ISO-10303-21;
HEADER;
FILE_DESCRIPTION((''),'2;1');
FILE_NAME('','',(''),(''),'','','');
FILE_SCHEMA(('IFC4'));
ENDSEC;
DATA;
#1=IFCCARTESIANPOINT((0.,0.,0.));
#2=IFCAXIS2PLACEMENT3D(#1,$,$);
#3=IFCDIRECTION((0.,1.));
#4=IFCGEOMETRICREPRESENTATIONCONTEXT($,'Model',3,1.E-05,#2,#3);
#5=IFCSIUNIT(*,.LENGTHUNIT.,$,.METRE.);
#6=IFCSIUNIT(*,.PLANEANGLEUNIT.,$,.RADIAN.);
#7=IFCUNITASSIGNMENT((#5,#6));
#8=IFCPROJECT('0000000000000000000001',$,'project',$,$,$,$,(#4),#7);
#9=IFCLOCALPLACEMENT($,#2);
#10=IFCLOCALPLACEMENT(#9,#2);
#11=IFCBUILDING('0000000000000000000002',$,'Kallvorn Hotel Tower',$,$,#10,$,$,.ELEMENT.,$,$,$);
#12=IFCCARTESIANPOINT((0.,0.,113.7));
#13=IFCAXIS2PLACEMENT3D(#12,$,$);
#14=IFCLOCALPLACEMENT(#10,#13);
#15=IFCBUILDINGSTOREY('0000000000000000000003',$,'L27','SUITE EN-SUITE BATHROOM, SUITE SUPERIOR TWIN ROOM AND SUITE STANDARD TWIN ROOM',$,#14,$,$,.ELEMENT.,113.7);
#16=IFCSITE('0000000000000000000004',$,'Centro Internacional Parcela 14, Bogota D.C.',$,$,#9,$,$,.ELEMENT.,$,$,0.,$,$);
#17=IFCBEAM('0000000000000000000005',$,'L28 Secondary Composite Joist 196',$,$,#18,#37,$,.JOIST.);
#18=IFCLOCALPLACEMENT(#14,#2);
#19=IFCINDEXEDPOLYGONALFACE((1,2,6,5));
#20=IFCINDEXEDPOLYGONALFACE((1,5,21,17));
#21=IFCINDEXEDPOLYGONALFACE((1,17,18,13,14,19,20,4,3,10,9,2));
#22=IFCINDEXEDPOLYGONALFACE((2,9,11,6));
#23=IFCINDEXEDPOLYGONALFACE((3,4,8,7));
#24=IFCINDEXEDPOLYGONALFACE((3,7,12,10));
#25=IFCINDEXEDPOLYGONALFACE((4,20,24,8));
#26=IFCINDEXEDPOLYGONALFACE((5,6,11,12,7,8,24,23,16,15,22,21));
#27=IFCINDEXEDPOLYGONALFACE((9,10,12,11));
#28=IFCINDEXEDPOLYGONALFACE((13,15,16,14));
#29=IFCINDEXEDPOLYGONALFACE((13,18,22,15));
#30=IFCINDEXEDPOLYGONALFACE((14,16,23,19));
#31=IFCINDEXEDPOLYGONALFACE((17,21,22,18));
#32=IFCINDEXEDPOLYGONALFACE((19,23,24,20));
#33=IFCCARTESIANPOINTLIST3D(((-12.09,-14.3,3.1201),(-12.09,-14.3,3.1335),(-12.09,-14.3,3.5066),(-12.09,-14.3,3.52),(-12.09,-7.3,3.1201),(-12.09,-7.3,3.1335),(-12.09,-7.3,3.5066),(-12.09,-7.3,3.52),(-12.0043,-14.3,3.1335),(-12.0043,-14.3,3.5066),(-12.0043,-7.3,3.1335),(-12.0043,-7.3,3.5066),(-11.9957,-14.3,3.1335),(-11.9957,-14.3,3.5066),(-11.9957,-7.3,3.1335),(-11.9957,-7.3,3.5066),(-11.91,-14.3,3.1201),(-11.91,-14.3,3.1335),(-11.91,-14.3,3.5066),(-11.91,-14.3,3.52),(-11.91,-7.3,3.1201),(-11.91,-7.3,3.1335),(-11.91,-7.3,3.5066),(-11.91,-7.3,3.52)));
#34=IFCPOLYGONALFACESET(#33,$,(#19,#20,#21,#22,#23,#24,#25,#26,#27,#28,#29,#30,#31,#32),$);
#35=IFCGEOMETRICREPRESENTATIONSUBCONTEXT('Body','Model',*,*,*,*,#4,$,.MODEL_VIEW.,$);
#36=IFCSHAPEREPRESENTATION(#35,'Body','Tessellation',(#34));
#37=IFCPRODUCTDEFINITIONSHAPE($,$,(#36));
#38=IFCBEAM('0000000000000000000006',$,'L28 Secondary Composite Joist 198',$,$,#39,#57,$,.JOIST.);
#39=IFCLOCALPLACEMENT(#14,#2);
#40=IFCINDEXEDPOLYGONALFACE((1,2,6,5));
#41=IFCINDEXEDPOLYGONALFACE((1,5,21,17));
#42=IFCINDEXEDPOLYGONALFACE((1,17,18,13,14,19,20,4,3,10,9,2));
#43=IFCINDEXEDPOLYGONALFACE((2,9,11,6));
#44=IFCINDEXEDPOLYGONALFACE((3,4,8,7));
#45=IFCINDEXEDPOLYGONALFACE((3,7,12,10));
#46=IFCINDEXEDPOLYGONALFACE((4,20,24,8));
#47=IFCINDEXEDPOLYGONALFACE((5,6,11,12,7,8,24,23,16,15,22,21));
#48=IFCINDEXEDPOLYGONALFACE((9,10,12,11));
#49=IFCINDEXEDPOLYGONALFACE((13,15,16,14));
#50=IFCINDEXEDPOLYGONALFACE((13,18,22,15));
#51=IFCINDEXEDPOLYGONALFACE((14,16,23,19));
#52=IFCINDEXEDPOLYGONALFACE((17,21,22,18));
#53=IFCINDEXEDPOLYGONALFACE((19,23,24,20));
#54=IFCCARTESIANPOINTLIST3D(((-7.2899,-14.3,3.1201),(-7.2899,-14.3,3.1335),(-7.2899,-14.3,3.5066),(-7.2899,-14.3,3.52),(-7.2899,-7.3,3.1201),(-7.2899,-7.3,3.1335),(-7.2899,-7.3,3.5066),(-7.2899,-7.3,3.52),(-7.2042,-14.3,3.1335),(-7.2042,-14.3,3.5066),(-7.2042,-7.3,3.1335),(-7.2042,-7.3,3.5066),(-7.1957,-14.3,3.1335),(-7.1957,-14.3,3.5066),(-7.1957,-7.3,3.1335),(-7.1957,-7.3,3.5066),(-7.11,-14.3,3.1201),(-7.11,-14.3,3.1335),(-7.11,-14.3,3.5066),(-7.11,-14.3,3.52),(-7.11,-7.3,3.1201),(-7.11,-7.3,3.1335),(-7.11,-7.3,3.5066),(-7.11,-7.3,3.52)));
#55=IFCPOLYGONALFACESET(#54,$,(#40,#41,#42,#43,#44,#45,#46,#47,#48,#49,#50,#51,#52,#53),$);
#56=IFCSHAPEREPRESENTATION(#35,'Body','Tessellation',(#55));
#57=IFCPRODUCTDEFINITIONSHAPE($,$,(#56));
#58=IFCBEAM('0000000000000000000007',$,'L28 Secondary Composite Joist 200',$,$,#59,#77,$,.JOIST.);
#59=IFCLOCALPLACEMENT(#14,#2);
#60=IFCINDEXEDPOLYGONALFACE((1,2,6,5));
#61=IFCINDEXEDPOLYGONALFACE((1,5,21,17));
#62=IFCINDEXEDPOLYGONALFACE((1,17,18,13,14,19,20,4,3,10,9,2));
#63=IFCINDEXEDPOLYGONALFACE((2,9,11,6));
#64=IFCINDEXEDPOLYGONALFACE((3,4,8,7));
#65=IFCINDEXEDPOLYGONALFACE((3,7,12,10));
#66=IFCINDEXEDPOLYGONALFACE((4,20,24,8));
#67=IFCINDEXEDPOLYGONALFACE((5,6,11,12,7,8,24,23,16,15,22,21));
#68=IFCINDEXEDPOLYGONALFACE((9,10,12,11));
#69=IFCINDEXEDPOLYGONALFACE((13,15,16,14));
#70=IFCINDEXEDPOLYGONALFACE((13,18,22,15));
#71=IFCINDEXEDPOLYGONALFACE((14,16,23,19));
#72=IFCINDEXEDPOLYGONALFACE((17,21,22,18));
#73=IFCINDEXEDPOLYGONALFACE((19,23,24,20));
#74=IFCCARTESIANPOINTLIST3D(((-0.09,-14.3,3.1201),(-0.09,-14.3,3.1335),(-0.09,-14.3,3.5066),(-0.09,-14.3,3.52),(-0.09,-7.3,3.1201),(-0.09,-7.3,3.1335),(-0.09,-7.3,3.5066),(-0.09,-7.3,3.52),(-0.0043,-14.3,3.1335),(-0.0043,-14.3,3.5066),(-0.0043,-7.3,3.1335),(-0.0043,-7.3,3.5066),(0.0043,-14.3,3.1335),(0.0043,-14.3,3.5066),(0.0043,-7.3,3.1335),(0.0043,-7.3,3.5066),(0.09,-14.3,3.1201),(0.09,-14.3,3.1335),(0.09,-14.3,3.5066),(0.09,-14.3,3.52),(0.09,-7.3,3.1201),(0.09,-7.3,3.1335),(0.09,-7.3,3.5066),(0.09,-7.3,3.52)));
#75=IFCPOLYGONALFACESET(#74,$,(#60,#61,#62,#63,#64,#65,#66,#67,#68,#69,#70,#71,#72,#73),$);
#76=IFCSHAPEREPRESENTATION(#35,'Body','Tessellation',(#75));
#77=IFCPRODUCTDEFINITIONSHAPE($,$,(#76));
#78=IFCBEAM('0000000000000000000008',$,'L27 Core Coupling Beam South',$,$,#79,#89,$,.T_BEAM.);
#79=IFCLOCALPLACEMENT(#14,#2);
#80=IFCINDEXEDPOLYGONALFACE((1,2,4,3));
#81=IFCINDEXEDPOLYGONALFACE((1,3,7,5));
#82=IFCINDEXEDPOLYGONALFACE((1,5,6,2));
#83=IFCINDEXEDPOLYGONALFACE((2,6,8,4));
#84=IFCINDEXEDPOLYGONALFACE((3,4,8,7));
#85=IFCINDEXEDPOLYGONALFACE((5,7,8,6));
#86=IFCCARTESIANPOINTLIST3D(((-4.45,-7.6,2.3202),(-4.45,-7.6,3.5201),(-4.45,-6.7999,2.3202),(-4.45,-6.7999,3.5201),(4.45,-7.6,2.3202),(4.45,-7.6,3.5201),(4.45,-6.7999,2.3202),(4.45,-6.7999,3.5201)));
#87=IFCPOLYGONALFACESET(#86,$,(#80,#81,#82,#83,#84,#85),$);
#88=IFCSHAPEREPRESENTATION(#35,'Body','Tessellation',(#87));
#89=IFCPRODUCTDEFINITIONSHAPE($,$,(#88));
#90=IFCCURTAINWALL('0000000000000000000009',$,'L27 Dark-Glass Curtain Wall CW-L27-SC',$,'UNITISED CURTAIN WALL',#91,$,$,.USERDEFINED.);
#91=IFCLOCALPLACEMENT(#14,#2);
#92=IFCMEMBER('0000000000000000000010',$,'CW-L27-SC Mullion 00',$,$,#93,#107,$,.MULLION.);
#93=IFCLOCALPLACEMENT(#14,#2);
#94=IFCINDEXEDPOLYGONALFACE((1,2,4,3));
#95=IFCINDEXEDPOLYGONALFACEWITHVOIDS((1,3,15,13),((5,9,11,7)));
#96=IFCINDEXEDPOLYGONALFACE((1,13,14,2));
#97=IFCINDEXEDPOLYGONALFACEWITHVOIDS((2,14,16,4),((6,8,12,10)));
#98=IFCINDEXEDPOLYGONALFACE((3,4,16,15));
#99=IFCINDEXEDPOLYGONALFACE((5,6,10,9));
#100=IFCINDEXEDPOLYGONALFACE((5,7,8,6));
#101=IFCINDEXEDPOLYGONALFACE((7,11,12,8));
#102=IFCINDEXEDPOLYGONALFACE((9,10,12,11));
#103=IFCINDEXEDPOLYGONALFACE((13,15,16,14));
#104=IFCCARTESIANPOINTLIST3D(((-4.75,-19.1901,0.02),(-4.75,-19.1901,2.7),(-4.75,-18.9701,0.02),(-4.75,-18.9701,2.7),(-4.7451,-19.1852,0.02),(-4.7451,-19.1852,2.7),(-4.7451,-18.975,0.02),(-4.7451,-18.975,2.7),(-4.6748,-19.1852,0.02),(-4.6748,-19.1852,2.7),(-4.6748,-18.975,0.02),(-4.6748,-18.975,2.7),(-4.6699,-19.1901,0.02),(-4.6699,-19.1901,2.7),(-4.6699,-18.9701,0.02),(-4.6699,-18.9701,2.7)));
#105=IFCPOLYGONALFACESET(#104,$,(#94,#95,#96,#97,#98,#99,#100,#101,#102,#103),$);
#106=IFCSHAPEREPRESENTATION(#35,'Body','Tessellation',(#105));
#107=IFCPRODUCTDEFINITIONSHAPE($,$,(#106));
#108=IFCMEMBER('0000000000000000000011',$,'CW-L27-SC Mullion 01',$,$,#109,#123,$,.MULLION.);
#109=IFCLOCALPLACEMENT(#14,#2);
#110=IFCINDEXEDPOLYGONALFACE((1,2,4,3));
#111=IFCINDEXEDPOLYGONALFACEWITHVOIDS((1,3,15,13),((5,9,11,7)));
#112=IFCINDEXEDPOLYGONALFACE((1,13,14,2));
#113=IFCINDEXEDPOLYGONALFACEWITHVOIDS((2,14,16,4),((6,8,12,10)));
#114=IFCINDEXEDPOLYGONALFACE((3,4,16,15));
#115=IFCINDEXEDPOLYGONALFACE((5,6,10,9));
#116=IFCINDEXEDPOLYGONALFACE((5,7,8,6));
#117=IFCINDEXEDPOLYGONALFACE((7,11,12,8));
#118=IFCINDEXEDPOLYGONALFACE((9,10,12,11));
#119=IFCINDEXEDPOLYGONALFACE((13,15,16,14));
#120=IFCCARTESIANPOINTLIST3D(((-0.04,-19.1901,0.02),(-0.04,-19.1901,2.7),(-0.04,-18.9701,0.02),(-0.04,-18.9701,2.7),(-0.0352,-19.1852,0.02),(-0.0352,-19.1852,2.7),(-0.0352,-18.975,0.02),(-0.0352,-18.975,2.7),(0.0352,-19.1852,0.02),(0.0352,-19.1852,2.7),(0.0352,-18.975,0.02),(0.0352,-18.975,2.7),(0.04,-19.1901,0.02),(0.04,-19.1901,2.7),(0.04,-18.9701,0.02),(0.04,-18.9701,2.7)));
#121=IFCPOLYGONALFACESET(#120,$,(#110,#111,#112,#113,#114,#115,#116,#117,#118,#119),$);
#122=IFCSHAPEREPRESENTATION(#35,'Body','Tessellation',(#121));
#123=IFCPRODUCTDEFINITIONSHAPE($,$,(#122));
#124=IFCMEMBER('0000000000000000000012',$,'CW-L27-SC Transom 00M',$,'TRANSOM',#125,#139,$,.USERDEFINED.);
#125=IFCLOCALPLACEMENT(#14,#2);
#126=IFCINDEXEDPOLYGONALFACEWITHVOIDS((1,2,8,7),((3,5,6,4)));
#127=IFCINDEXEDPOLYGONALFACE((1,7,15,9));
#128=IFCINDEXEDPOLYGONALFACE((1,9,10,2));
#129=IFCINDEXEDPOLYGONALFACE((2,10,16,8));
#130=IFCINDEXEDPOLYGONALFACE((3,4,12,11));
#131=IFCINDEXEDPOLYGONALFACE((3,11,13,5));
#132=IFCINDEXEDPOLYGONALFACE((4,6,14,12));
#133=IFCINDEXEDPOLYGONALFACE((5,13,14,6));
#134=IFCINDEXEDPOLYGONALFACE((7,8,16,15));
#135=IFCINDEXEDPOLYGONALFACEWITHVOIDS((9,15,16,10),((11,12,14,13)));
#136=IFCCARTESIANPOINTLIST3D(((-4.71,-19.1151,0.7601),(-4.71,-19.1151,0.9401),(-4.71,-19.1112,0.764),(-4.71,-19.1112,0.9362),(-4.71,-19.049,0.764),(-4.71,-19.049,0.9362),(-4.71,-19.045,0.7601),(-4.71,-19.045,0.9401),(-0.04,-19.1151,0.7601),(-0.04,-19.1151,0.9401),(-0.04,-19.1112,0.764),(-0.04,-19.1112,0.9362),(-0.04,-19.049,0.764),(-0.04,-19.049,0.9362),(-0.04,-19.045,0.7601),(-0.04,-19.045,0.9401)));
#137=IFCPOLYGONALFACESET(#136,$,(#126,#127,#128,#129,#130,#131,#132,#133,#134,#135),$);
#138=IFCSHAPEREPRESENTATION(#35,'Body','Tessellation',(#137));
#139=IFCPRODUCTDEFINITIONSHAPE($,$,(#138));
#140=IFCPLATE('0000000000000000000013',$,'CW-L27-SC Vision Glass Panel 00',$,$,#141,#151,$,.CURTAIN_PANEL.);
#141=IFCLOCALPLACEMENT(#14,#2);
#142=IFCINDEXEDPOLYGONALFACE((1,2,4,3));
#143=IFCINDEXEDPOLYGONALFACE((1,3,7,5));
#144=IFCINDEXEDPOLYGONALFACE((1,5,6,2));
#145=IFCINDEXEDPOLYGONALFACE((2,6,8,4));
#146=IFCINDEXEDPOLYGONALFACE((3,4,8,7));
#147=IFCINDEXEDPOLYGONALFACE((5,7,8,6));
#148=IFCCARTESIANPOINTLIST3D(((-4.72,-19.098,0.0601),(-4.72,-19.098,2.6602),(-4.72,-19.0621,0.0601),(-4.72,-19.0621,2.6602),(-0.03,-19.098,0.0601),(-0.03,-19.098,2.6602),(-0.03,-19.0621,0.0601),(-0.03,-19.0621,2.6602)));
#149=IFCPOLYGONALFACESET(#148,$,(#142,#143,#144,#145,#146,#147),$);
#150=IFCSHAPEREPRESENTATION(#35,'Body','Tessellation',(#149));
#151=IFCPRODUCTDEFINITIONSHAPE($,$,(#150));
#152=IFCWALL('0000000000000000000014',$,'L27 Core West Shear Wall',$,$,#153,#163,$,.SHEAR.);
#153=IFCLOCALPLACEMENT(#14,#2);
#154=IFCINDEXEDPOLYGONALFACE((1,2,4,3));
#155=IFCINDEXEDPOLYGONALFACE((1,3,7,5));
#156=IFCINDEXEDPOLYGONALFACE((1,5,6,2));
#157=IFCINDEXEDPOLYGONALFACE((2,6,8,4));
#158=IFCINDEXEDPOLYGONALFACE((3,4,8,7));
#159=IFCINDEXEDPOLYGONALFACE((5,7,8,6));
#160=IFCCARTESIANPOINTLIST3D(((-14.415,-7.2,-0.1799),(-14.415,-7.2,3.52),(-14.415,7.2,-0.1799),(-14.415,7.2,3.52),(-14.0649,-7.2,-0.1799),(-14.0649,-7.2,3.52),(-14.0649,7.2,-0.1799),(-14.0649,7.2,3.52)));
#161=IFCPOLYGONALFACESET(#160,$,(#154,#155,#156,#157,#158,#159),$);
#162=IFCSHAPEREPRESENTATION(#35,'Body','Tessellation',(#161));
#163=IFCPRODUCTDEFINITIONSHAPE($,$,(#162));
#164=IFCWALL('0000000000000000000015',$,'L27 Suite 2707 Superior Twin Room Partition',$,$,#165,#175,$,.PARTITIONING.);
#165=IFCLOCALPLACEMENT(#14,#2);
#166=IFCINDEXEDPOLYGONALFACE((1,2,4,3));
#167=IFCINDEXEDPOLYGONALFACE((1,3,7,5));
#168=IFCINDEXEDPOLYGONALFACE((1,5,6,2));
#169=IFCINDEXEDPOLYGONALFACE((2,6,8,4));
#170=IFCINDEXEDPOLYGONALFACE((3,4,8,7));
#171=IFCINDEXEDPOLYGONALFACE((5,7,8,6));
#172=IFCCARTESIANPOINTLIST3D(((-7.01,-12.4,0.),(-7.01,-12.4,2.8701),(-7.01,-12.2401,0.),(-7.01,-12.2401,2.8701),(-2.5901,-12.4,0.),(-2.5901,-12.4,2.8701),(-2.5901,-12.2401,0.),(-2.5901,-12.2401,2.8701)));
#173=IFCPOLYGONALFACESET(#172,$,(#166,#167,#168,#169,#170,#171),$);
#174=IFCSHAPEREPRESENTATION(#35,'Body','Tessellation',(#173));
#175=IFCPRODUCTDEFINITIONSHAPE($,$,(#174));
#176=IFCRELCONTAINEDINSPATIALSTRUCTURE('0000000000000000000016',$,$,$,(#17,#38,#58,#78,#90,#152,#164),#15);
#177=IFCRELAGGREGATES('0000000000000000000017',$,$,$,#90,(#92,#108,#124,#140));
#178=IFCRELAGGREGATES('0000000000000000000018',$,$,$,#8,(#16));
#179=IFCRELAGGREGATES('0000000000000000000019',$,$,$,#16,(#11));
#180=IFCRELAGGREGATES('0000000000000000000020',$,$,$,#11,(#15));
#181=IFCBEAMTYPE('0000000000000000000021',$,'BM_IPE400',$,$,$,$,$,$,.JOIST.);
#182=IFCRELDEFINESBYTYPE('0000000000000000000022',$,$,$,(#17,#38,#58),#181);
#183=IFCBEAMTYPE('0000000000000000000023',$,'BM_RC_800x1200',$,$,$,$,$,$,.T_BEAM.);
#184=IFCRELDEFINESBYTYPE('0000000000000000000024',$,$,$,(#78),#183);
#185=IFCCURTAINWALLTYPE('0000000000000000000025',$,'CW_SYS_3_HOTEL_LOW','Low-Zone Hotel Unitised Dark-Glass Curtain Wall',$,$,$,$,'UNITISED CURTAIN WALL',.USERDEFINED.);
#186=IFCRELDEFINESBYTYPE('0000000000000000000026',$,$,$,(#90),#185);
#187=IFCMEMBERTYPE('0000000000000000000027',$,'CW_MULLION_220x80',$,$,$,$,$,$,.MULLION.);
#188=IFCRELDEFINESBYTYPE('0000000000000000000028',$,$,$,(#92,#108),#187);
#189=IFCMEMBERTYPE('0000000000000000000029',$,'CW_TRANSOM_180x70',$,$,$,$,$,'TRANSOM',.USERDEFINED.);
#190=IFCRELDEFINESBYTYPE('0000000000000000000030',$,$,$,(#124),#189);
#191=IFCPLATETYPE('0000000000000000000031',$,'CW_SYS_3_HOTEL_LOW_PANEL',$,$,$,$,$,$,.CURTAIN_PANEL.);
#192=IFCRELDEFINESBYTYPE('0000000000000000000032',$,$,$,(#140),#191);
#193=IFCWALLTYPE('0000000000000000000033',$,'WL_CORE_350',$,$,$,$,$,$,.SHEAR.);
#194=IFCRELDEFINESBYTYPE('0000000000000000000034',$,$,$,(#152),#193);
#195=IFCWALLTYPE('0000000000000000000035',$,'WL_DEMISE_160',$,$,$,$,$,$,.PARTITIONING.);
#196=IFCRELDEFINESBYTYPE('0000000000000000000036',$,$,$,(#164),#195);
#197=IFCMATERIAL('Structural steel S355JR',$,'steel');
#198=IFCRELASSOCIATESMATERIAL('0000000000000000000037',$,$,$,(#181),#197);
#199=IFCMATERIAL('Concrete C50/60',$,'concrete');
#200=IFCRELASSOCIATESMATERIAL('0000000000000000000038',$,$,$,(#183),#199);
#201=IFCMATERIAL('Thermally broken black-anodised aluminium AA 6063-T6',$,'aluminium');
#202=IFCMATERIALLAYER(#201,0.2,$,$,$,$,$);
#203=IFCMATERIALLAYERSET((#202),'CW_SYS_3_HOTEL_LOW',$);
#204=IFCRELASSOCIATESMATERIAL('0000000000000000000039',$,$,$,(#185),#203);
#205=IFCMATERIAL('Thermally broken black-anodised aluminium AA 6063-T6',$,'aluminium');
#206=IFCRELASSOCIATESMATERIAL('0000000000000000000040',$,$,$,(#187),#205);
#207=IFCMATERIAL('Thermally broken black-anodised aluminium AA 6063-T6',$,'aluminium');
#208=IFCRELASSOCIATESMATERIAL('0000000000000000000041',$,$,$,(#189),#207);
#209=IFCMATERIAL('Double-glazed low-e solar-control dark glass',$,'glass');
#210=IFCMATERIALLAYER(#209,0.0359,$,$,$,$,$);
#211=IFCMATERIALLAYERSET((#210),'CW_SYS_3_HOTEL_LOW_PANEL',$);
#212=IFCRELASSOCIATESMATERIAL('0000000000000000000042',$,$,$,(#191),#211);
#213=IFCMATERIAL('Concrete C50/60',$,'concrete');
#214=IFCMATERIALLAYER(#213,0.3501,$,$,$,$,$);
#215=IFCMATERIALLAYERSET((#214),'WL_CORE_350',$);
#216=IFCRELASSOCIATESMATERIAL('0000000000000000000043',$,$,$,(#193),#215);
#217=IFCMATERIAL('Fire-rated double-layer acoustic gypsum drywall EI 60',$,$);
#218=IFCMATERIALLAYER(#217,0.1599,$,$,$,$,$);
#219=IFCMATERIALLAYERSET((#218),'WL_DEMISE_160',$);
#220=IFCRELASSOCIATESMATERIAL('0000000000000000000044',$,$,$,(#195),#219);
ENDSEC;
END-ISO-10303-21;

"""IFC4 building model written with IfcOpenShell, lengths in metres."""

from ifc_helpers import new_model, si_unit, direction, frame, frame_2d, origin, origin_2d, place, context, subcontext, project, spatial, rectangle, hollow_rectangle, i_section, extrude, material, layer, layer_set, material_profile, profile_set, type_object, element, aggregate, save


model = new_model("IFC4")

# Units and contexts
model_context = context("Model", 3, precision=1e-05, world=origin(), true_north=direction((0.0, 1.0)))
body_context = subcontext(model_context, "Body", "Model", "MODEL_VIEW")
ifc_project = project(units=[si_unit("LENGTHUNIT", "METRE"), si_unit("PLANEANGLEUNIT", "RADIAN")], contexts=[model_context])

# Site, building, storey
site_placement = place(None, origin())
site = spatial("IfcSite", under=ifc_project, at=site_placement, Name="Centro Internacional Parcela 14, Bogota D.C.", CompositionType="ELEMENT", RefElevation=0.0)
building_placement = place(site_placement, origin())
building = spatial("IfcBuilding", under=site, at=building_placement, Name="Kallvorn Hotel Tower", CompositionType="ELEMENT")
storey_placement = place(building_placement, frame((0.0, 0.0, 113.7)))
storey = spatial("IfcBuildingStorey", under=building, at=storey_placement, Name="L27", Description="SUITE EN-SUITE BATHROOM, SUITE SUPERIOR TWIN ROOM AND SUITE STANDARD TWIN ROOM", CompositionType="ELEMENT", Elevation=113.7)

# Beams
ifc_material_1 = material(Name="Structural steel S355JR", Category="steel")
ifc_material_profile_1 = material_profile(ifc_material_1, i_section(OverallWidth=0.1799, OverallDepth=0.3999, WebThickness=0.0085, FlangeThickness=0.0134, at=origin_2d()), Name="IPE 400")
ifc_profile_set_1 = profile_set([ifc_material_profile_1], Name="Structural steel S355JR")
beam_type_1 = type_object("IfcBeamType", Name="BM_IPE400", PredefinedType="JOIST", material=ifc_profile_set_1)
for number, where, z_axis, x_axis, name in (
    (1, (-12.0, -14.3, 3.3201), (0.0, 1.0, 0.0), (-1.0, 0.0, 0.0), "L28 Secondary Composite Joist 196"),
    (2, (-7.2, -14.3, 3.3201), (0.0, 1.0, 0.0), (-1.0, 0.0, 0.0), "L28 Secondary Composite Joist 198"),
    (3, (0.0, -14.3, 3.3201), (0.0, 1.0, 0.0), (-1.0, 0.0, 0.0), "L28 Secondary Composite Joist 200"),
):
    element("IfcBeam", number, at=place(storey_placement, frame(where, z_axis=z_axis, x_axis=x_axis)), inside=storey, type_object=beam_type_1, Name=name, PredefinedType="JOIST", context=body_context, shape_type="SweptSolid", body=[
        extrude(i_section(OverallWidth=0.1799, OverallDepth=0.3999, WebThickness=0.0085, FlangeThickness=0.0134, at=origin_2d()), origin(), (0.0, 0.0, 1.0), 7.0),
    ])
ifc_material_2 = material(Name="Concrete C50/60", Category="concrete")
ifc_material_profile_2 = material_profile(ifc_material_2, rectangle(XDim=0.8, YDim=1.2, at=origin_2d()), Name="RC 800x1200")
ifc_profile_set_2 = profile_set([ifc_material_profile_2], Name="Concrete C50/60")
beam_type_2 = type_object("IfcBeamType", Name="BM_RC_800x1200", PredefinedType="T_BEAM", material=ifc_profile_set_2)
beam_1_placement = place(storey_placement, frame((-4.45, -7.2, 2.9202), z_axis=(1.0, 0.0, 0.0), x_axis=(0.0, 1.0, 0.0)))
element("IfcBeam", 4, at=beam_1_placement, inside=storey, type_object=beam_type_2, Name="L27 Core Coupling Beam South", PredefinedType="T_BEAM", context=body_context, shape_type="SweptSolid", body=[
    extrude(rectangle(XDim=0.8, YDim=1.2, at=origin_2d()), origin(), (0.0, 0.0, 1.0), 8.8999),
])

# Curtain wall, members, plate
ifc_material_3 = material(Name="Thermally broken black-anodised aluminium AA 6063-T6", Category="aluminium")
ifc_layer_1 = layer(ifc_material_3, 0.2)
ifc_layer_set_1 = layer_set([ifc_layer_1], Name="CW_SYS_3_HOTEL_LOW")
curtain_wall_type = type_object("IfcCurtainWallType", Name="CW_SYS_3_HOTEL_LOW", Description="Low-Zone Hotel Unitised Dark-Glass Curtain Wall", ElementType="UNITISED CURTAIN WALL", PredefinedType="USERDEFINED", material=ifc_layer_set_1)
curtain_wall_placement = place(storey_placement, origin())
curtain_wall = element("IfcCurtainWall", 5, at=curtain_wall_placement, inside=storey, type_object=curtain_wall_type, Name="L27 Dark-Glass Curtain Wall CW-L27-SC", ObjectType="UNITISED CURTAIN WALL", PredefinedType="USERDEFINED")
ifc_material_4 = material(Name="Thermally broken black-anodised aluminium AA 6063-T6", Category="aluminium")
ifc_material_profile_3 = material_profile(ifc_material_4, hollow_rectangle(XDim=0.0801, YDim=0.22, WallThickness=0.0049, at=origin_2d()), Name="MUL 220x80")
ifc_profile_set_3 = profile_set([ifc_material_profile_3], Name="Thermally broken black-anodised aluminium AA 6063-T6")
member_type_1 = type_object("IfcMemberType", Name="CW_MULLION_220x80", PredefinedType="MULLION", material=ifc_profile_set_3)
member_1_placement = place(storey_placement, frame((-4.71, -19.0801, 0.02), z_axis=(0.0, 0.0, 1.0), x_axis=(1.0, 0.0, 0.0)))
member_1 = element("IfcMember", 6, at=member_1_placement, type_object=member_type_1, Name="CW-L27-SC Mullion 00", PredefinedType="MULLION", context=body_context, shape_type="SweptSolid", body=[
    extrude(hollow_rectangle(XDim=0.0801, YDim=0.22, WallThickness=0.0049, at=origin_2d()), origin(), (0.0, 0.0, 1.0), 2.6799),
])
member_2_placement = place(storey_placement, frame((0.0, -19.0801, 0.02), z_axis=(0.0, 0.0, 1.0), x_axis=(1.0, 0.0, 0.0)))
member_2 = element("IfcMember", 7, at=member_2_placement, type_object=member_type_1, Name="CW-L27-SC Mullion 01", PredefinedType="MULLION", context=body_context, shape_type="SweptSolid", body=[
    extrude(hollow_rectangle(XDim=0.0801, YDim=0.22, WallThickness=0.0049, at=origin_2d()), origin(), (0.0, 0.0, 1.0), 2.6799),
])
ifc_material_5 = material(Name="Thermally broken black-anodised aluminium AA 6063-T6", Category="aluminium")
ifc_material_profile_4 = material_profile(ifc_material_5, hollow_rectangle(XDim=0.0701, YDim=0.1799, WallThickness=0.0039, at=origin_2d()), Name="TRN 180x70")
ifc_profile_set_4 = profile_set([ifc_material_profile_4], Name="Thermally broken black-anodised aluminium AA 6063-T6")
member_type_2 = type_object("IfcMemberType", Name="CW_TRANSOM_180x70", ElementType="TRANSOM", PredefinedType="USERDEFINED", material=ifc_profile_set_4)
member_3_placement = place(storey_placement, frame((-4.71, -19.0801, 0.8501), z_axis=(1.0, 0.0, 0.0), x_axis=(0.0, 1.0, 0.0)))
member_3 = element("IfcMember", 8, at=member_3_placement, type_object=member_type_2, Name="CW-L27-SC Transom 00M", ObjectType="TRANSOM", PredefinedType="USERDEFINED", context=body_context, shape_type="SweptSolid", body=[
    extrude(hollow_rectangle(XDim=0.0701, YDim=0.1799, WallThickness=0.0039, at=origin_2d()), origin(), (0.0, 0.0, 1.0), 4.6699),
])
ifc_material_6 = material(Name="Double-glazed low-e solar-control dark glass", Category="glass")
ifc_layer_2 = layer(ifc_material_6, 0.0359)
ifc_layer_set_2 = layer_set([ifc_layer_2], Name="CW_SYS_3_HOTEL_LOW_PANEL")
plate_type = type_object("IfcPlateType", Name="CW_SYS_3_HOTEL_LOW_PANEL", PredefinedType="CURTAIN_PANEL", material=ifc_layer_set_2)
plate_placement = place(storey_placement, frame((-2.375, -19.0801, 0.0601), z_axis=(0.0, 0.0, 1.0), x_axis=(1.0, 0.0, 0.0)))
plate = element("IfcPlate", 9, at=plate_placement, type_object=plate_type, Name="CW-L27-SC Vision Glass Panel 00", PredefinedType="CURTAIN_PANEL", context=body_context, shape_type="SweptSolid", body=[
    extrude(rectangle(XDim=4.6899, YDim=0.0359, at=origin_2d()), origin(), (0.0, 0.0, 1.0), 2.6001),
])
aggregate(curtain_wall, [member_1, member_2, member_3, plate])

# Walls
ifc_material_7 = material(Name="Concrete C50/60", Category="concrete")
ifc_layer_3 = layer(ifc_material_7, 0.3501)
ifc_layer_set_3 = layer_set([ifc_layer_3], Name="WL_CORE_350")
wall_type_1 = type_object("IfcWallType", Name="WL_CORE_350", PredefinedType="SHEAR", material=ifc_layer_set_3)
wall_1_placement = place(storey_placement, frame((-14.24, -7.2, -0.1799), z_axis=(0.0, 0.0, 1.0), x_axis=(0.0, 1.0, 0.0)))
element("IfcWall", 10, at=wall_1_placement, inside=storey, type_object=wall_type_1, Name="L27 Core West Shear Wall", PredefinedType="SHEAR", context=body_context, shape_type="SweptSolid", body=[
    extrude(rectangle(XDim=14.3999, YDim=0.3501, at=frame_2d((7.2, 0.0))), origin(), (0.0, 0.0, 1.0), 3.7),
])
ifc_material_8 = material(Name="Fire-rated double-layer acoustic gypsum drywall EI 60")
ifc_layer_4 = layer(ifc_material_8, 0.1599)
ifc_layer_set_4 = layer_set([ifc_layer_4], Name="WL_DEMISE_160")
wall_type_2 = type_object("IfcWallType", Name="WL_DEMISE_160", PredefinedType="PARTITIONING", material=ifc_layer_set_4)
wall_2_placement = place(storey_placement, frame((-7.01, -12.3201, 0.0), z_axis=(0.0, 0.0, 1.0), x_axis=(1.0, 0.0, 0.0)))
element("IfcWall", 11, at=wall_2_placement, inside=storey, type_object=wall_type_2, Name="L27 Suite 2707 Superior Twin Room Partition", PredefinedType="PARTITIONING", context=body_context, shape_type="SweptSolid", body=[
    extrude(rectangle(XDim=4.4199, YDim=0.1599, at=frame_2d((2.21, 0.0))), origin(), (0.0, 0.0, 1.0), 2.8701),
])

save(model, "model.ifc")
